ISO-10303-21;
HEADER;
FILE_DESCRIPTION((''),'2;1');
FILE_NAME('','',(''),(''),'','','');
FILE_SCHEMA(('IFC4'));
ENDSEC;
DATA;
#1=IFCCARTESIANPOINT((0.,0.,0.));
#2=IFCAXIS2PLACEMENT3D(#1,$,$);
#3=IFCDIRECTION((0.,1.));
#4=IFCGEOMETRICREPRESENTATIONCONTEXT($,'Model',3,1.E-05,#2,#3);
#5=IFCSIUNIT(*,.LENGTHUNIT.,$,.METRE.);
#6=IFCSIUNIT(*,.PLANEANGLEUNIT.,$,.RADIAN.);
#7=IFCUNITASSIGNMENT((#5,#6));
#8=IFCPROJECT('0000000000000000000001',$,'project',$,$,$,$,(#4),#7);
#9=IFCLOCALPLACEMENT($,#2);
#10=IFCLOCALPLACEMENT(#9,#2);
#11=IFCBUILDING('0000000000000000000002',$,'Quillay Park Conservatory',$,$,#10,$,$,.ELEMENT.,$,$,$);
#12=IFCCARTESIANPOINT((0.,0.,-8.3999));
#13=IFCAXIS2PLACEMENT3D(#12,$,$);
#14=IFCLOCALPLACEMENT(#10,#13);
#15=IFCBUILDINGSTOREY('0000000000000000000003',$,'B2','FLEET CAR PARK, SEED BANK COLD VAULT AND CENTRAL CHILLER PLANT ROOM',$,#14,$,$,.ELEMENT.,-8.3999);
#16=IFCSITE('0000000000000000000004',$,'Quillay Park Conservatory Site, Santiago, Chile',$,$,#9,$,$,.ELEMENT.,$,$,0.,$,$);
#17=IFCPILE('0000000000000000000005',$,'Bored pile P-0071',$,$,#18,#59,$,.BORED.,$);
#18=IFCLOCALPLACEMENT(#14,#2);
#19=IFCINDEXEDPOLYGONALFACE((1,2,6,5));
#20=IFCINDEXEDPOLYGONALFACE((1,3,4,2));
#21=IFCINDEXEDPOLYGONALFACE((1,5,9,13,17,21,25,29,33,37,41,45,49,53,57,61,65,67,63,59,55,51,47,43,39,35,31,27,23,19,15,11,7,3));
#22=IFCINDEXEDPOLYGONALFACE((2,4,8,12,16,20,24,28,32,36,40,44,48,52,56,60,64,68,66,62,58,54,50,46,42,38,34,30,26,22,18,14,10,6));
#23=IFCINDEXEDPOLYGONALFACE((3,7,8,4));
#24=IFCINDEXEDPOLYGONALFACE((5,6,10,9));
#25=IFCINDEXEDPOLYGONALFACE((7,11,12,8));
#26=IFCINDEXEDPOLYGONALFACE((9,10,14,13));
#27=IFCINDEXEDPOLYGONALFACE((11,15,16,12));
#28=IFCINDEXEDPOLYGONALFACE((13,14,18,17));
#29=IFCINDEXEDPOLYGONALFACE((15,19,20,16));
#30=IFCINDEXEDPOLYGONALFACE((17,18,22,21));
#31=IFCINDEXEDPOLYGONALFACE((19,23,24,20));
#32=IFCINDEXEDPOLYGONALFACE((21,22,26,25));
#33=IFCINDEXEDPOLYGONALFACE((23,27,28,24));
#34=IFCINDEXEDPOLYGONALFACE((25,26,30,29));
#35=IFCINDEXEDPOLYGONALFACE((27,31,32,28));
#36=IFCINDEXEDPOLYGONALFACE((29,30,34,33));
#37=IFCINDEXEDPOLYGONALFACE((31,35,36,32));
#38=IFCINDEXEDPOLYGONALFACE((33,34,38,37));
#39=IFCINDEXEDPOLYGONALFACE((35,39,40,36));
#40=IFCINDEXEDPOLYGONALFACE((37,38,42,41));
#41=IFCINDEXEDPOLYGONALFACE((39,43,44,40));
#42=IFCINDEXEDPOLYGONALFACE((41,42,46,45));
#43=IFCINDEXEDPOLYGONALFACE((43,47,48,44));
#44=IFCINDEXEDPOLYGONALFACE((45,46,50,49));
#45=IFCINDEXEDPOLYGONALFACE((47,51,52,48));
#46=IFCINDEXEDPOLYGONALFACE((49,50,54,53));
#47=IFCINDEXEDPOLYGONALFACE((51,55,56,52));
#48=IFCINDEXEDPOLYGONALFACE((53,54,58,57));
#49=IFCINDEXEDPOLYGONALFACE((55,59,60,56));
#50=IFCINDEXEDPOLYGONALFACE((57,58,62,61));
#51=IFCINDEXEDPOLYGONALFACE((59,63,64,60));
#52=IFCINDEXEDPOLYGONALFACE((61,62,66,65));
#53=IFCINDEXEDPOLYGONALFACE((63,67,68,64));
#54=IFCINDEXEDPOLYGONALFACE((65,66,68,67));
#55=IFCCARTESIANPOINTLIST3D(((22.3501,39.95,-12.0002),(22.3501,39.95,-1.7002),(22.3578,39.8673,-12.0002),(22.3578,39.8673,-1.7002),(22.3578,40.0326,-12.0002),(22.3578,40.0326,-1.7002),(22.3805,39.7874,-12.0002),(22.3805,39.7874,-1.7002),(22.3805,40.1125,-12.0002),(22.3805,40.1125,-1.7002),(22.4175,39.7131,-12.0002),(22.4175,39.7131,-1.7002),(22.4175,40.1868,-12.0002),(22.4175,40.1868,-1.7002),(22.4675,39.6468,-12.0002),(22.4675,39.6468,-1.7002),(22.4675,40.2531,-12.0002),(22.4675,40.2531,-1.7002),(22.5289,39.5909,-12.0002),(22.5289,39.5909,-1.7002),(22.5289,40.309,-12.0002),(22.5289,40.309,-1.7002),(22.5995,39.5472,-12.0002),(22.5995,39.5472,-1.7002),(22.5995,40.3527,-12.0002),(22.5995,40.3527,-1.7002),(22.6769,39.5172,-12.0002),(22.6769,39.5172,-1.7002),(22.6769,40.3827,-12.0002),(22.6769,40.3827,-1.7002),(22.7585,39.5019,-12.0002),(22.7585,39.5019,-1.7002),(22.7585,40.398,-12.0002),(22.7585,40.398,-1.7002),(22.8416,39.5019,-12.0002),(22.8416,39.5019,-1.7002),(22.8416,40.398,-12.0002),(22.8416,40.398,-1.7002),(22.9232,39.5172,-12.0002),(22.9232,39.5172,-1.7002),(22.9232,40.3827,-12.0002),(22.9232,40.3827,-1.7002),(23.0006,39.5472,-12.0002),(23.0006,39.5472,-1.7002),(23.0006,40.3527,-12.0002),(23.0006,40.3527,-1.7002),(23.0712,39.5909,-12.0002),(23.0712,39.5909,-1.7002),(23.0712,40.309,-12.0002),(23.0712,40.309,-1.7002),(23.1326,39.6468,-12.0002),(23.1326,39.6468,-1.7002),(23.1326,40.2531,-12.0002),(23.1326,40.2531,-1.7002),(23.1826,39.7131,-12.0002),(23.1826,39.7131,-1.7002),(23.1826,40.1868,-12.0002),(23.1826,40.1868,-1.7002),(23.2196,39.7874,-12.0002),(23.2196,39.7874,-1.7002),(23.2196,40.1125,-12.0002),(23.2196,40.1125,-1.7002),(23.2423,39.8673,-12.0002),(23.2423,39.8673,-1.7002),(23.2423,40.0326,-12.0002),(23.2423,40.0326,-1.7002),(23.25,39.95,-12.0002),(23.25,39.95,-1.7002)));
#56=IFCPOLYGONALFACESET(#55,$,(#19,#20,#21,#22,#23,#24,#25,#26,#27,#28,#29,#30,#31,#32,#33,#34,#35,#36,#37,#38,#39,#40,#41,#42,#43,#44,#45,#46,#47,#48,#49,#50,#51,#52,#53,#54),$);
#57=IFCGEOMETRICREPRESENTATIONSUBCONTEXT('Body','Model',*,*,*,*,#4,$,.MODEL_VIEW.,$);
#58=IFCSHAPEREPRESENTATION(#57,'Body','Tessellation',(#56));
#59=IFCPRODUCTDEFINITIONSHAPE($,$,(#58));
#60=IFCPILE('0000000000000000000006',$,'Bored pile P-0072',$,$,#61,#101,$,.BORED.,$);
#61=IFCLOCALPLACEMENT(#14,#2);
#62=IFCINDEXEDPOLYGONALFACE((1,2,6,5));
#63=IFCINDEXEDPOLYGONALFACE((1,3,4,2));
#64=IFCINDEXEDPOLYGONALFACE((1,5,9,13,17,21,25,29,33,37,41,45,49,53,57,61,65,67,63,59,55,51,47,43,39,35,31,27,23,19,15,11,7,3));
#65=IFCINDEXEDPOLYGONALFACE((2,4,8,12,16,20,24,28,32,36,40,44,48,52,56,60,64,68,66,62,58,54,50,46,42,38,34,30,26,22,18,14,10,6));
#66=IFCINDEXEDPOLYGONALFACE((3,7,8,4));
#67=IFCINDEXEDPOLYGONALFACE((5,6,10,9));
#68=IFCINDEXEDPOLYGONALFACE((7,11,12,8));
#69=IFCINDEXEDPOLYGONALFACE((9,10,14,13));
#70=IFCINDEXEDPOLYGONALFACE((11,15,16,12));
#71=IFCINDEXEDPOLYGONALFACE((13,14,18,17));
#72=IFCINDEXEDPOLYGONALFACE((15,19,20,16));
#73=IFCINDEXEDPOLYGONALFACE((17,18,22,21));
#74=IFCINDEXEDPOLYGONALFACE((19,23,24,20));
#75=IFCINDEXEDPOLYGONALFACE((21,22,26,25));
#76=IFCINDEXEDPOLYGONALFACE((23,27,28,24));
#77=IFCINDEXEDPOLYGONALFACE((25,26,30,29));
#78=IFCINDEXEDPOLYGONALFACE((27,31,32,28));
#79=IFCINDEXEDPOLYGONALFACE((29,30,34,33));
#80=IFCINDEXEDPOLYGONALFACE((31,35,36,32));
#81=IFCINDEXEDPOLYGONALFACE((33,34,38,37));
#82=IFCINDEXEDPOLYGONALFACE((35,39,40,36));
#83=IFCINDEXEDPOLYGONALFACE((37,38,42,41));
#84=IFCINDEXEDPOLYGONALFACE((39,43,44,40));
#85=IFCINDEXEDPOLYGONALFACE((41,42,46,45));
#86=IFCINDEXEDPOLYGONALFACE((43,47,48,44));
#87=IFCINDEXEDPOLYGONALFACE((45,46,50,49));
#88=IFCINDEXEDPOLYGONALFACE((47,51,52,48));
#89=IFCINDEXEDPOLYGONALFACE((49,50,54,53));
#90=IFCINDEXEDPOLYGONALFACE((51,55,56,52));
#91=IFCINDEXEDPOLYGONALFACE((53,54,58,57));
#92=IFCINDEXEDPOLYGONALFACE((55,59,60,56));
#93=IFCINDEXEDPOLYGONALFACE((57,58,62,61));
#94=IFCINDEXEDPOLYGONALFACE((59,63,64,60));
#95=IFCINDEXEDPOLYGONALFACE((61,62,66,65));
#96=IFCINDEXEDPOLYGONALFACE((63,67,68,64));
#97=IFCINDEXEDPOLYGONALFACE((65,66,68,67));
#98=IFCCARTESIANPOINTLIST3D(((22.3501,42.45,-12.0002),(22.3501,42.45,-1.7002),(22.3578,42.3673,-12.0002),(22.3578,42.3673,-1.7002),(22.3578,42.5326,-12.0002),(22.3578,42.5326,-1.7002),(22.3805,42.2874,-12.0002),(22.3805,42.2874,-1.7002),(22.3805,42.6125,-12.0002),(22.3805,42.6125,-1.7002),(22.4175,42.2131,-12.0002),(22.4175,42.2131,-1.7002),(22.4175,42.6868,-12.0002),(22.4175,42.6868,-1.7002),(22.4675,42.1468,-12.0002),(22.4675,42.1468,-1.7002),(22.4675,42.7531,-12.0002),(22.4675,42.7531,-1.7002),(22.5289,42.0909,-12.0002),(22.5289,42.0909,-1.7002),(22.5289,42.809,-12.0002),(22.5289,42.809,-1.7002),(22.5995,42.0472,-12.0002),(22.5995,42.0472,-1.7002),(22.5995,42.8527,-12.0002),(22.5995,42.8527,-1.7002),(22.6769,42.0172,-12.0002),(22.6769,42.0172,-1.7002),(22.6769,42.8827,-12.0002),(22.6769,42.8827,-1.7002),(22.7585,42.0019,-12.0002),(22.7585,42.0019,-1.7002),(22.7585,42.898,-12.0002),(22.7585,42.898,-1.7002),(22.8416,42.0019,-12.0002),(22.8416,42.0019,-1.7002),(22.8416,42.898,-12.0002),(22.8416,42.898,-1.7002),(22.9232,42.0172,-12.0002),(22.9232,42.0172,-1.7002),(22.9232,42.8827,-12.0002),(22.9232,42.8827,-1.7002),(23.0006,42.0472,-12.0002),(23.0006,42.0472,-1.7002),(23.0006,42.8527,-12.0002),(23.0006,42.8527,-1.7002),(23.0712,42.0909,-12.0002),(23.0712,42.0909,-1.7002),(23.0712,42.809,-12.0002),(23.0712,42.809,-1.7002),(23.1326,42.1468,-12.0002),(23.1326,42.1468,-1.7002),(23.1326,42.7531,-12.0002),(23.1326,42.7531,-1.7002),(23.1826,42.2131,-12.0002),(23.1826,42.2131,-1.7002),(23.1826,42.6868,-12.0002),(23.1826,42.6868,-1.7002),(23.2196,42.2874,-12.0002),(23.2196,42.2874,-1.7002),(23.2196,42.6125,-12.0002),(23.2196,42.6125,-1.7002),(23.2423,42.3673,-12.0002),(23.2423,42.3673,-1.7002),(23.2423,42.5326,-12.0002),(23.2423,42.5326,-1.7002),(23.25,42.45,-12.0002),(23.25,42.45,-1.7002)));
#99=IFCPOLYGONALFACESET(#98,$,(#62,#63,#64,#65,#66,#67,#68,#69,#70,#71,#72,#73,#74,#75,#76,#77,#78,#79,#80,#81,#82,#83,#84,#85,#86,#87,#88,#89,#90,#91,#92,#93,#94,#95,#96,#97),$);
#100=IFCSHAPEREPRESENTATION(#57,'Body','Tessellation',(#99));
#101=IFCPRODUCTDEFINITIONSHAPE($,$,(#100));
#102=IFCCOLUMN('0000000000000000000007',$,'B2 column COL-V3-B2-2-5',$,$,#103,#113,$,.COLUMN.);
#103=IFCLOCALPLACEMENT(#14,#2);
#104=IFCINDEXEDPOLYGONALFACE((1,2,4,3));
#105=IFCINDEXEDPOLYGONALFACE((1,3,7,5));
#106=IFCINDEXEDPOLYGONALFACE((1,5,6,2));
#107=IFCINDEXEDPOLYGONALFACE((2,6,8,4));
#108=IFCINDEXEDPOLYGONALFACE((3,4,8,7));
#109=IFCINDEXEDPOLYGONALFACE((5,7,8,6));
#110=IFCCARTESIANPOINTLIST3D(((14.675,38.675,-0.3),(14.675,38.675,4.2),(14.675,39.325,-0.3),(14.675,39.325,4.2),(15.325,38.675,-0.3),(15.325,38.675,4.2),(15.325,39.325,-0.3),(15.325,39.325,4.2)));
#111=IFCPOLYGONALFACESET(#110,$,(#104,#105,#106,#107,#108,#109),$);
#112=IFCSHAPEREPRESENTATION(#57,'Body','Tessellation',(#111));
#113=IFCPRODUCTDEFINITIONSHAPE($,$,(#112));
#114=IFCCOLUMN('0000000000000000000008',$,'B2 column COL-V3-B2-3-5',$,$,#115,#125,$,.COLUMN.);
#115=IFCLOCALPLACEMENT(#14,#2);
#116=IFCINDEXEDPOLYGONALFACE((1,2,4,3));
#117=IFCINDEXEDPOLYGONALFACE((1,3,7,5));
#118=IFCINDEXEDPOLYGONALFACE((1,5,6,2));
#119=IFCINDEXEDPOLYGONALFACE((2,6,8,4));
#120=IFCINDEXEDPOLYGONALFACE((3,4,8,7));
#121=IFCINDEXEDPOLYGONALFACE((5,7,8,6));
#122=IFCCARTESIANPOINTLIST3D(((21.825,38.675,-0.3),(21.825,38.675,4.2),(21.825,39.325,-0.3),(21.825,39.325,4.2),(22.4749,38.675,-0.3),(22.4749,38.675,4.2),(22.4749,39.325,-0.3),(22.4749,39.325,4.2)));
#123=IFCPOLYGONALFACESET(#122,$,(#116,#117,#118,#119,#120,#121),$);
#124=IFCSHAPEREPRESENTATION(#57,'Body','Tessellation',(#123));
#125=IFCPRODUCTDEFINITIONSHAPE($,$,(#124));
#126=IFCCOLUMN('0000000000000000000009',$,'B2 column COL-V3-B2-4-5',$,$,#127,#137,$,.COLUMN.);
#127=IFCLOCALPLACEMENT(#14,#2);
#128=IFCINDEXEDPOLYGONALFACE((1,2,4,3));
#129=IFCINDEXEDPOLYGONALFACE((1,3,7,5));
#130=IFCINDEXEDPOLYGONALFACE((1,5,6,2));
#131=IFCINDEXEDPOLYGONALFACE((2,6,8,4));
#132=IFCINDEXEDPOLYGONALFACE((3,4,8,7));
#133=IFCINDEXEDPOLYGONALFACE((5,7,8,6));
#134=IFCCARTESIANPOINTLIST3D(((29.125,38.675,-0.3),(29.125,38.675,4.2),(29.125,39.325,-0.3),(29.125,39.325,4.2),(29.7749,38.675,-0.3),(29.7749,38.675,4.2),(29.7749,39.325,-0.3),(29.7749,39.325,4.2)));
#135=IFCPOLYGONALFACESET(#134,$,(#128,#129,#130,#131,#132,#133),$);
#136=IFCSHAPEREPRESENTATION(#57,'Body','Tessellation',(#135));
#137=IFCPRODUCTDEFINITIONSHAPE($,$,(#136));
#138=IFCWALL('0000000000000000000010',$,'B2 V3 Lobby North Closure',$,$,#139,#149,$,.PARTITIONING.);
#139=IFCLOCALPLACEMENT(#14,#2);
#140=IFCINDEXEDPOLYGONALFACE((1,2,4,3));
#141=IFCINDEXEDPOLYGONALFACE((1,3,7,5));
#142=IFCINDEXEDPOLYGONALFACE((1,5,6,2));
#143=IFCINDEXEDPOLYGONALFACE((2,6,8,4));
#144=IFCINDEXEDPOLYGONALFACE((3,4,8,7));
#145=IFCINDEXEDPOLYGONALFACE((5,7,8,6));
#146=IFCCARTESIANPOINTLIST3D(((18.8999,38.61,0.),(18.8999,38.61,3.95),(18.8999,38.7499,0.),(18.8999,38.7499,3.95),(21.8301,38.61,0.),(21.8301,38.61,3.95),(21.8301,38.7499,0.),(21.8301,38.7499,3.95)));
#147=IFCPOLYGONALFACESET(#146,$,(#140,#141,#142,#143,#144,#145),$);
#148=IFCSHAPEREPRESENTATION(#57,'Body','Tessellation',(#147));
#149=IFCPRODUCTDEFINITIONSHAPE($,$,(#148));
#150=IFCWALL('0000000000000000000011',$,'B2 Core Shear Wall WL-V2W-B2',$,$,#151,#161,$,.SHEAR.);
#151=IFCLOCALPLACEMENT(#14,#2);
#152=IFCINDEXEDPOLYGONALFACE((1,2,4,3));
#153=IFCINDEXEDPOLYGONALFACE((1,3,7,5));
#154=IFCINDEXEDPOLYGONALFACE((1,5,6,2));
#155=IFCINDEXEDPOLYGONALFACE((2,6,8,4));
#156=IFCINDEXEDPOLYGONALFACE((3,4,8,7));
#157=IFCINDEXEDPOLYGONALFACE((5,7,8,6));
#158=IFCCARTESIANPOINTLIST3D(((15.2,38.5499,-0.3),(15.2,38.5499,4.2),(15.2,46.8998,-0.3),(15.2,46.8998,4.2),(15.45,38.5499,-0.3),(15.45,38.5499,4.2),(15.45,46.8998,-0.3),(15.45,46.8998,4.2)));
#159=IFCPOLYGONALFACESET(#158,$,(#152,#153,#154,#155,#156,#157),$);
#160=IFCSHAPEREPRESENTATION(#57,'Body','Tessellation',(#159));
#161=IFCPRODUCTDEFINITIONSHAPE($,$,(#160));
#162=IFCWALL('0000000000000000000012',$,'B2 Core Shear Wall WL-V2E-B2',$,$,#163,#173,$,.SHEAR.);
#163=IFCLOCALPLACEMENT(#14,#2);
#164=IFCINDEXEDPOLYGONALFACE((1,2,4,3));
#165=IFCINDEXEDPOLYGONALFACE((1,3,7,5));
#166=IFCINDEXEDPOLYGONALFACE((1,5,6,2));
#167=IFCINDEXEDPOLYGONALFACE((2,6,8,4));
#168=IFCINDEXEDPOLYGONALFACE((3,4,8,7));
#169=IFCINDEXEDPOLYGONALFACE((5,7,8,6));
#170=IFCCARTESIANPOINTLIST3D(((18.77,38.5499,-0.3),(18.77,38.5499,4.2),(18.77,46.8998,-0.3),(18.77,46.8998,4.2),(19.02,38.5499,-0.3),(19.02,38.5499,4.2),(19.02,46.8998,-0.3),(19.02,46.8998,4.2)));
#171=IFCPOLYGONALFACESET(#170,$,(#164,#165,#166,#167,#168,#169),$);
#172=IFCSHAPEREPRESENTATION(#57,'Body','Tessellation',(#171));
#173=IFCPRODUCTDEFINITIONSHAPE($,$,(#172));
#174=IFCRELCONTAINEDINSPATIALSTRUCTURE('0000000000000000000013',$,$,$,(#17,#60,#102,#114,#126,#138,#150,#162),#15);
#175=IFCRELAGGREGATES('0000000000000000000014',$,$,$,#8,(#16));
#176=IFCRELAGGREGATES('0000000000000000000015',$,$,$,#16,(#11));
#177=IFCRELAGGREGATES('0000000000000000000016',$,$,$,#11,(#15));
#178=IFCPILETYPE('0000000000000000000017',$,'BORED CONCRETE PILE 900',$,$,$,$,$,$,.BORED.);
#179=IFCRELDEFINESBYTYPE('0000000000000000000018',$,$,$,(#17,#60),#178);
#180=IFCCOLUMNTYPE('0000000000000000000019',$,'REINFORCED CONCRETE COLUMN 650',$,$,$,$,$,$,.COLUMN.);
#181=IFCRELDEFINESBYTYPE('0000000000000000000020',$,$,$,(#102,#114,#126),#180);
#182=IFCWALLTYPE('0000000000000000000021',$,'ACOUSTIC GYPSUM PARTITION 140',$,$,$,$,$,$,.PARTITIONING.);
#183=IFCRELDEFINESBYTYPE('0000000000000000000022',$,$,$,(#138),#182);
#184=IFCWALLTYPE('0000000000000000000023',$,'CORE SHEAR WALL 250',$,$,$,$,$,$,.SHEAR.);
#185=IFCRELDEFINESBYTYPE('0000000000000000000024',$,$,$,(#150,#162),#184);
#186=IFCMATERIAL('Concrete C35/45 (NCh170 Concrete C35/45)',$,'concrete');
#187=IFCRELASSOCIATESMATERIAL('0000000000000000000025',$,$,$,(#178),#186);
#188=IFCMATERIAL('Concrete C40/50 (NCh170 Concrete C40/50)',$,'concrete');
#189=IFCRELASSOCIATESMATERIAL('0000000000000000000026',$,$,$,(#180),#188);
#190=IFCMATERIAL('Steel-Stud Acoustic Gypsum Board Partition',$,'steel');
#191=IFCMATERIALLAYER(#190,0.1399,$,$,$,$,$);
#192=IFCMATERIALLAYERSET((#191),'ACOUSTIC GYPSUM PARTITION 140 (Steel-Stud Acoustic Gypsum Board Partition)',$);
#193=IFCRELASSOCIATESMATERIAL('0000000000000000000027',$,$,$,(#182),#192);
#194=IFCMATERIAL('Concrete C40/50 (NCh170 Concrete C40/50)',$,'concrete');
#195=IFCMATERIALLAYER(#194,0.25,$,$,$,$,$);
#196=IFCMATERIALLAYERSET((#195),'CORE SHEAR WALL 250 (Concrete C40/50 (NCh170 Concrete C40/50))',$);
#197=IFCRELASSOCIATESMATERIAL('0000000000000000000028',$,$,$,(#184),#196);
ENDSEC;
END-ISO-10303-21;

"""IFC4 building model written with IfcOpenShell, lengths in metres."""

from ifc_helpers import new_model, si_unit, direction, frame, frame_2d, origin, origin_2d, place, context, subcontext, project, spatial, rectangle, circle, extrude, material, layer, layer_set, material_profile, profile_set, type_object, element, save


model = new_model("IFC4")

# Units and contexts
model_context = context("Model", 3, precision=1e-05, world=origin(), true_north=direction((0.0, 1.0)))
body_context = subcontext(model_context, "Body", "Model", "MODEL_VIEW")
ifc_project = project(units=[si_unit("LENGTHUNIT", "METRE"), si_unit("PLANEANGLEUNIT", "RADIAN")], contexts=[model_context])

# Site, building, storey
site_placement = place(None, origin())
site = spatial("IfcSite", under=ifc_project, at=site_placement, Name="Quillay Park Conservatory Site, Santiago, Chile", CompositionType="ELEMENT", RefElevation=0.0)
building_placement = place(site_placement, origin())
building = spatial("IfcBuilding", under=site, at=building_placement, Name="Quillay Park Conservatory", CompositionType="ELEMENT")
storey_placement = place(building_placement, frame((0.0, 0.0, -8.3999)))
storey = spatial("IfcBuildingStorey", under=building, at=storey_placement, Name="B2", Description="FLEET CAR PARK, SEED BANK COLD VAULT AND CENTRAL CHILLER PLANT ROOM", CompositionType="ELEMENT", Elevation=-8.3999)

# Piles
ifc_material_1 = material(Name="Concrete C35/45 (NCh170 Concrete C35/45)", Category="concrete")
ifc_material_profile_1 = material_profile(ifc_material_1, circle(Radius=0.45, at=origin_2d()), Name="PILE900")
ifc_profile_set_1 = profile_set([ifc_material_profile_1], Name="Concrete C35/45 (NCh170 Concrete C35/45)")
pile_type = type_object("IfcPileType", Name="BORED CONCRETE PILE 900", PredefinedType="BORED", material=ifc_profile_set_1)
for number, where, z_axis, x_axis, name in (
    (1, (22.8, 39.95, -1.7002), (0.0, 0.0, -1.0), (1.0, 0.0, 0.0), "Bored pile P-0071"),
    (2, (22.8, 42.45, -1.7002), (0.0, 0.0, -1.0), (1.0, 0.0, 0.0), "Bored pile P-0072"),
):
    element("IfcPile", number, at=place(storey_placement, frame(where, z_axis=z_axis, x_axis=x_axis)), inside=storey, type_object=pile_type, Name=name, PredefinedType="BORED", context=body_context, shape_type="SweptSolid", body=[
        extrude(circle(Radius=0.45, at=origin_2d()), origin(), (0.0, 0.0, 1.0), 10.3),
    ])

# Columns
ifc_material_2 = material(Name="Concrete C40/50 (NCh170 Concrete C40/50)", Category="concrete")
ifc_material_profile_2 = material_profile(ifc_material_2, rectangle(XDim=0.6499, YDim=0.6499, at=origin_2d()), Name="RC650x650")
ifc_profile_set_2 = profile_set([ifc_material_profile_2], Name="Concrete C40/50 (NCh170 Concrete C40/50)")
column_type = type_object("IfcColumnType", Name="REINFORCED CONCRETE COLUMN 650", PredefinedType="COLUMN", material=ifc_profile_set_2)
for number, where, z_axis, x_axis, name in (
    (3, (15.0, 39.0, -0.3), (0.0, 0.0, 1.0), (1.0, 0.0, 0.0), "B2 column COL-V3-B2-2-5"),
    (4, (22.1499, 39.0, -0.3), (0.0, 0.0, 1.0), (1.0, 0.0, 0.0), "B2 column COL-V3-B2-3-5"),
    (5, (29.45, 39.0, -0.3), (0.0, 0.0, 1.0), (1.0, 0.0, 0.0), "B2 column COL-V3-B2-4-5"),
):
    element("IfcColumn", number, at=place(storey_placement, frame(where, z_axis=z_axis, x_axis=x_axis)), inside=storey, type_object=column_type, Name=name, PredefinedType="COLUMN", context=body_context, shape_type="SweptSolid", body=[
        extrude(rectangle(XDim=0.6499, YDim=0.6499, at=origin_2d()), origin(), (0.0, 0.0, 1.0), 4.5),
    ])

# Walls
ifc_material_3 = material(Name="Steel-Stud Acoustic Gypsum Board Partition", Category="steel")
ifc_layer_1 = layer(ifc_material_3, 0.1399)
ifc_layer_set_1 = layer_set([ifc_layer_1], Name="ACOUSTIC GYPSUM PARTITION 140 (Steel-Stud Acoustic Gypsum Board Partition)")
wall_type_1 = type_object("IfcWallType", Name="ACOUSTIC GYPSUM PARTITION 140", PredefinedType="PARTITIONING", material=ifc_layer_set_1)
wall_1_placement = place(storey_placement, frame((18.8999, 38.6799, 0.0), z_axis=(0.0, 0.0, 1.0), x_axis=(1.0, 0.0, 0.0)))
element("IfcWall", 6, at=wall_1_placement, inside=storey, type_object=wall_type_1, Name="B2 V3 Lobby North Closure", PredefinedType="PARTITIONING", context=body_context, shape_type="SweptSolid", body=[
    extrude(rectangle(XDim=2.9302, YDim=0.1399, at=frame_2d((1.4651, 0.0))), origin(), (0.0, 0.0, 1.0), 3.95),
])
ifc_material_4 = material(Name="Concrete C40/50 (NCh170 Concrete C40/50)", Category="concrete")
ifc_layer_2 = layer(ifc_material_4, 0.25)
ifc_layer_set_2 = layer_set([ifc_layer_2], Name="CORE SHEAR WALL 250 (Concrete C40/50 (NCh170 Concrete C40/50))")
wall_type_2 = type_object("IfcWallType", Name="CORE SHEAR WALL 250", PredefinedType="SHEAR", material=ifc_layer_set_2)
for number, where, z_axis, x_axis, name in (
    (7, (15.325, 38.55, -0.3), (0.0, 0.0, 1.0), (0.0, 1.0, 0.0), "B2 Core Shear Wall WL-V2W-B2"),
    (8, (18.895, 38.55, -0.3), (0.0, 0.0, 1.0), (0.0, 1.0, 0.0), "B2 Core Shear Wall WL-V2E-B2"),
):
    element("IfcWall", number, at=place(storey_placement, frame(where, z_axis=z_axis, x_axis=x_axis)), inside=storey, type_object=wall_type_2, Name=name, PredefinedType="SHEAR", context=body_context, shape_type="SweptSolid", body=[
        extrude(rectangle(XDim=8.3499, YDim=0.25, at=frame_2d((4.1748, 0.0))), origin(), (0.0, 0.0, 1.0), 4.5),
    ])

save(model, "model.ifc")
